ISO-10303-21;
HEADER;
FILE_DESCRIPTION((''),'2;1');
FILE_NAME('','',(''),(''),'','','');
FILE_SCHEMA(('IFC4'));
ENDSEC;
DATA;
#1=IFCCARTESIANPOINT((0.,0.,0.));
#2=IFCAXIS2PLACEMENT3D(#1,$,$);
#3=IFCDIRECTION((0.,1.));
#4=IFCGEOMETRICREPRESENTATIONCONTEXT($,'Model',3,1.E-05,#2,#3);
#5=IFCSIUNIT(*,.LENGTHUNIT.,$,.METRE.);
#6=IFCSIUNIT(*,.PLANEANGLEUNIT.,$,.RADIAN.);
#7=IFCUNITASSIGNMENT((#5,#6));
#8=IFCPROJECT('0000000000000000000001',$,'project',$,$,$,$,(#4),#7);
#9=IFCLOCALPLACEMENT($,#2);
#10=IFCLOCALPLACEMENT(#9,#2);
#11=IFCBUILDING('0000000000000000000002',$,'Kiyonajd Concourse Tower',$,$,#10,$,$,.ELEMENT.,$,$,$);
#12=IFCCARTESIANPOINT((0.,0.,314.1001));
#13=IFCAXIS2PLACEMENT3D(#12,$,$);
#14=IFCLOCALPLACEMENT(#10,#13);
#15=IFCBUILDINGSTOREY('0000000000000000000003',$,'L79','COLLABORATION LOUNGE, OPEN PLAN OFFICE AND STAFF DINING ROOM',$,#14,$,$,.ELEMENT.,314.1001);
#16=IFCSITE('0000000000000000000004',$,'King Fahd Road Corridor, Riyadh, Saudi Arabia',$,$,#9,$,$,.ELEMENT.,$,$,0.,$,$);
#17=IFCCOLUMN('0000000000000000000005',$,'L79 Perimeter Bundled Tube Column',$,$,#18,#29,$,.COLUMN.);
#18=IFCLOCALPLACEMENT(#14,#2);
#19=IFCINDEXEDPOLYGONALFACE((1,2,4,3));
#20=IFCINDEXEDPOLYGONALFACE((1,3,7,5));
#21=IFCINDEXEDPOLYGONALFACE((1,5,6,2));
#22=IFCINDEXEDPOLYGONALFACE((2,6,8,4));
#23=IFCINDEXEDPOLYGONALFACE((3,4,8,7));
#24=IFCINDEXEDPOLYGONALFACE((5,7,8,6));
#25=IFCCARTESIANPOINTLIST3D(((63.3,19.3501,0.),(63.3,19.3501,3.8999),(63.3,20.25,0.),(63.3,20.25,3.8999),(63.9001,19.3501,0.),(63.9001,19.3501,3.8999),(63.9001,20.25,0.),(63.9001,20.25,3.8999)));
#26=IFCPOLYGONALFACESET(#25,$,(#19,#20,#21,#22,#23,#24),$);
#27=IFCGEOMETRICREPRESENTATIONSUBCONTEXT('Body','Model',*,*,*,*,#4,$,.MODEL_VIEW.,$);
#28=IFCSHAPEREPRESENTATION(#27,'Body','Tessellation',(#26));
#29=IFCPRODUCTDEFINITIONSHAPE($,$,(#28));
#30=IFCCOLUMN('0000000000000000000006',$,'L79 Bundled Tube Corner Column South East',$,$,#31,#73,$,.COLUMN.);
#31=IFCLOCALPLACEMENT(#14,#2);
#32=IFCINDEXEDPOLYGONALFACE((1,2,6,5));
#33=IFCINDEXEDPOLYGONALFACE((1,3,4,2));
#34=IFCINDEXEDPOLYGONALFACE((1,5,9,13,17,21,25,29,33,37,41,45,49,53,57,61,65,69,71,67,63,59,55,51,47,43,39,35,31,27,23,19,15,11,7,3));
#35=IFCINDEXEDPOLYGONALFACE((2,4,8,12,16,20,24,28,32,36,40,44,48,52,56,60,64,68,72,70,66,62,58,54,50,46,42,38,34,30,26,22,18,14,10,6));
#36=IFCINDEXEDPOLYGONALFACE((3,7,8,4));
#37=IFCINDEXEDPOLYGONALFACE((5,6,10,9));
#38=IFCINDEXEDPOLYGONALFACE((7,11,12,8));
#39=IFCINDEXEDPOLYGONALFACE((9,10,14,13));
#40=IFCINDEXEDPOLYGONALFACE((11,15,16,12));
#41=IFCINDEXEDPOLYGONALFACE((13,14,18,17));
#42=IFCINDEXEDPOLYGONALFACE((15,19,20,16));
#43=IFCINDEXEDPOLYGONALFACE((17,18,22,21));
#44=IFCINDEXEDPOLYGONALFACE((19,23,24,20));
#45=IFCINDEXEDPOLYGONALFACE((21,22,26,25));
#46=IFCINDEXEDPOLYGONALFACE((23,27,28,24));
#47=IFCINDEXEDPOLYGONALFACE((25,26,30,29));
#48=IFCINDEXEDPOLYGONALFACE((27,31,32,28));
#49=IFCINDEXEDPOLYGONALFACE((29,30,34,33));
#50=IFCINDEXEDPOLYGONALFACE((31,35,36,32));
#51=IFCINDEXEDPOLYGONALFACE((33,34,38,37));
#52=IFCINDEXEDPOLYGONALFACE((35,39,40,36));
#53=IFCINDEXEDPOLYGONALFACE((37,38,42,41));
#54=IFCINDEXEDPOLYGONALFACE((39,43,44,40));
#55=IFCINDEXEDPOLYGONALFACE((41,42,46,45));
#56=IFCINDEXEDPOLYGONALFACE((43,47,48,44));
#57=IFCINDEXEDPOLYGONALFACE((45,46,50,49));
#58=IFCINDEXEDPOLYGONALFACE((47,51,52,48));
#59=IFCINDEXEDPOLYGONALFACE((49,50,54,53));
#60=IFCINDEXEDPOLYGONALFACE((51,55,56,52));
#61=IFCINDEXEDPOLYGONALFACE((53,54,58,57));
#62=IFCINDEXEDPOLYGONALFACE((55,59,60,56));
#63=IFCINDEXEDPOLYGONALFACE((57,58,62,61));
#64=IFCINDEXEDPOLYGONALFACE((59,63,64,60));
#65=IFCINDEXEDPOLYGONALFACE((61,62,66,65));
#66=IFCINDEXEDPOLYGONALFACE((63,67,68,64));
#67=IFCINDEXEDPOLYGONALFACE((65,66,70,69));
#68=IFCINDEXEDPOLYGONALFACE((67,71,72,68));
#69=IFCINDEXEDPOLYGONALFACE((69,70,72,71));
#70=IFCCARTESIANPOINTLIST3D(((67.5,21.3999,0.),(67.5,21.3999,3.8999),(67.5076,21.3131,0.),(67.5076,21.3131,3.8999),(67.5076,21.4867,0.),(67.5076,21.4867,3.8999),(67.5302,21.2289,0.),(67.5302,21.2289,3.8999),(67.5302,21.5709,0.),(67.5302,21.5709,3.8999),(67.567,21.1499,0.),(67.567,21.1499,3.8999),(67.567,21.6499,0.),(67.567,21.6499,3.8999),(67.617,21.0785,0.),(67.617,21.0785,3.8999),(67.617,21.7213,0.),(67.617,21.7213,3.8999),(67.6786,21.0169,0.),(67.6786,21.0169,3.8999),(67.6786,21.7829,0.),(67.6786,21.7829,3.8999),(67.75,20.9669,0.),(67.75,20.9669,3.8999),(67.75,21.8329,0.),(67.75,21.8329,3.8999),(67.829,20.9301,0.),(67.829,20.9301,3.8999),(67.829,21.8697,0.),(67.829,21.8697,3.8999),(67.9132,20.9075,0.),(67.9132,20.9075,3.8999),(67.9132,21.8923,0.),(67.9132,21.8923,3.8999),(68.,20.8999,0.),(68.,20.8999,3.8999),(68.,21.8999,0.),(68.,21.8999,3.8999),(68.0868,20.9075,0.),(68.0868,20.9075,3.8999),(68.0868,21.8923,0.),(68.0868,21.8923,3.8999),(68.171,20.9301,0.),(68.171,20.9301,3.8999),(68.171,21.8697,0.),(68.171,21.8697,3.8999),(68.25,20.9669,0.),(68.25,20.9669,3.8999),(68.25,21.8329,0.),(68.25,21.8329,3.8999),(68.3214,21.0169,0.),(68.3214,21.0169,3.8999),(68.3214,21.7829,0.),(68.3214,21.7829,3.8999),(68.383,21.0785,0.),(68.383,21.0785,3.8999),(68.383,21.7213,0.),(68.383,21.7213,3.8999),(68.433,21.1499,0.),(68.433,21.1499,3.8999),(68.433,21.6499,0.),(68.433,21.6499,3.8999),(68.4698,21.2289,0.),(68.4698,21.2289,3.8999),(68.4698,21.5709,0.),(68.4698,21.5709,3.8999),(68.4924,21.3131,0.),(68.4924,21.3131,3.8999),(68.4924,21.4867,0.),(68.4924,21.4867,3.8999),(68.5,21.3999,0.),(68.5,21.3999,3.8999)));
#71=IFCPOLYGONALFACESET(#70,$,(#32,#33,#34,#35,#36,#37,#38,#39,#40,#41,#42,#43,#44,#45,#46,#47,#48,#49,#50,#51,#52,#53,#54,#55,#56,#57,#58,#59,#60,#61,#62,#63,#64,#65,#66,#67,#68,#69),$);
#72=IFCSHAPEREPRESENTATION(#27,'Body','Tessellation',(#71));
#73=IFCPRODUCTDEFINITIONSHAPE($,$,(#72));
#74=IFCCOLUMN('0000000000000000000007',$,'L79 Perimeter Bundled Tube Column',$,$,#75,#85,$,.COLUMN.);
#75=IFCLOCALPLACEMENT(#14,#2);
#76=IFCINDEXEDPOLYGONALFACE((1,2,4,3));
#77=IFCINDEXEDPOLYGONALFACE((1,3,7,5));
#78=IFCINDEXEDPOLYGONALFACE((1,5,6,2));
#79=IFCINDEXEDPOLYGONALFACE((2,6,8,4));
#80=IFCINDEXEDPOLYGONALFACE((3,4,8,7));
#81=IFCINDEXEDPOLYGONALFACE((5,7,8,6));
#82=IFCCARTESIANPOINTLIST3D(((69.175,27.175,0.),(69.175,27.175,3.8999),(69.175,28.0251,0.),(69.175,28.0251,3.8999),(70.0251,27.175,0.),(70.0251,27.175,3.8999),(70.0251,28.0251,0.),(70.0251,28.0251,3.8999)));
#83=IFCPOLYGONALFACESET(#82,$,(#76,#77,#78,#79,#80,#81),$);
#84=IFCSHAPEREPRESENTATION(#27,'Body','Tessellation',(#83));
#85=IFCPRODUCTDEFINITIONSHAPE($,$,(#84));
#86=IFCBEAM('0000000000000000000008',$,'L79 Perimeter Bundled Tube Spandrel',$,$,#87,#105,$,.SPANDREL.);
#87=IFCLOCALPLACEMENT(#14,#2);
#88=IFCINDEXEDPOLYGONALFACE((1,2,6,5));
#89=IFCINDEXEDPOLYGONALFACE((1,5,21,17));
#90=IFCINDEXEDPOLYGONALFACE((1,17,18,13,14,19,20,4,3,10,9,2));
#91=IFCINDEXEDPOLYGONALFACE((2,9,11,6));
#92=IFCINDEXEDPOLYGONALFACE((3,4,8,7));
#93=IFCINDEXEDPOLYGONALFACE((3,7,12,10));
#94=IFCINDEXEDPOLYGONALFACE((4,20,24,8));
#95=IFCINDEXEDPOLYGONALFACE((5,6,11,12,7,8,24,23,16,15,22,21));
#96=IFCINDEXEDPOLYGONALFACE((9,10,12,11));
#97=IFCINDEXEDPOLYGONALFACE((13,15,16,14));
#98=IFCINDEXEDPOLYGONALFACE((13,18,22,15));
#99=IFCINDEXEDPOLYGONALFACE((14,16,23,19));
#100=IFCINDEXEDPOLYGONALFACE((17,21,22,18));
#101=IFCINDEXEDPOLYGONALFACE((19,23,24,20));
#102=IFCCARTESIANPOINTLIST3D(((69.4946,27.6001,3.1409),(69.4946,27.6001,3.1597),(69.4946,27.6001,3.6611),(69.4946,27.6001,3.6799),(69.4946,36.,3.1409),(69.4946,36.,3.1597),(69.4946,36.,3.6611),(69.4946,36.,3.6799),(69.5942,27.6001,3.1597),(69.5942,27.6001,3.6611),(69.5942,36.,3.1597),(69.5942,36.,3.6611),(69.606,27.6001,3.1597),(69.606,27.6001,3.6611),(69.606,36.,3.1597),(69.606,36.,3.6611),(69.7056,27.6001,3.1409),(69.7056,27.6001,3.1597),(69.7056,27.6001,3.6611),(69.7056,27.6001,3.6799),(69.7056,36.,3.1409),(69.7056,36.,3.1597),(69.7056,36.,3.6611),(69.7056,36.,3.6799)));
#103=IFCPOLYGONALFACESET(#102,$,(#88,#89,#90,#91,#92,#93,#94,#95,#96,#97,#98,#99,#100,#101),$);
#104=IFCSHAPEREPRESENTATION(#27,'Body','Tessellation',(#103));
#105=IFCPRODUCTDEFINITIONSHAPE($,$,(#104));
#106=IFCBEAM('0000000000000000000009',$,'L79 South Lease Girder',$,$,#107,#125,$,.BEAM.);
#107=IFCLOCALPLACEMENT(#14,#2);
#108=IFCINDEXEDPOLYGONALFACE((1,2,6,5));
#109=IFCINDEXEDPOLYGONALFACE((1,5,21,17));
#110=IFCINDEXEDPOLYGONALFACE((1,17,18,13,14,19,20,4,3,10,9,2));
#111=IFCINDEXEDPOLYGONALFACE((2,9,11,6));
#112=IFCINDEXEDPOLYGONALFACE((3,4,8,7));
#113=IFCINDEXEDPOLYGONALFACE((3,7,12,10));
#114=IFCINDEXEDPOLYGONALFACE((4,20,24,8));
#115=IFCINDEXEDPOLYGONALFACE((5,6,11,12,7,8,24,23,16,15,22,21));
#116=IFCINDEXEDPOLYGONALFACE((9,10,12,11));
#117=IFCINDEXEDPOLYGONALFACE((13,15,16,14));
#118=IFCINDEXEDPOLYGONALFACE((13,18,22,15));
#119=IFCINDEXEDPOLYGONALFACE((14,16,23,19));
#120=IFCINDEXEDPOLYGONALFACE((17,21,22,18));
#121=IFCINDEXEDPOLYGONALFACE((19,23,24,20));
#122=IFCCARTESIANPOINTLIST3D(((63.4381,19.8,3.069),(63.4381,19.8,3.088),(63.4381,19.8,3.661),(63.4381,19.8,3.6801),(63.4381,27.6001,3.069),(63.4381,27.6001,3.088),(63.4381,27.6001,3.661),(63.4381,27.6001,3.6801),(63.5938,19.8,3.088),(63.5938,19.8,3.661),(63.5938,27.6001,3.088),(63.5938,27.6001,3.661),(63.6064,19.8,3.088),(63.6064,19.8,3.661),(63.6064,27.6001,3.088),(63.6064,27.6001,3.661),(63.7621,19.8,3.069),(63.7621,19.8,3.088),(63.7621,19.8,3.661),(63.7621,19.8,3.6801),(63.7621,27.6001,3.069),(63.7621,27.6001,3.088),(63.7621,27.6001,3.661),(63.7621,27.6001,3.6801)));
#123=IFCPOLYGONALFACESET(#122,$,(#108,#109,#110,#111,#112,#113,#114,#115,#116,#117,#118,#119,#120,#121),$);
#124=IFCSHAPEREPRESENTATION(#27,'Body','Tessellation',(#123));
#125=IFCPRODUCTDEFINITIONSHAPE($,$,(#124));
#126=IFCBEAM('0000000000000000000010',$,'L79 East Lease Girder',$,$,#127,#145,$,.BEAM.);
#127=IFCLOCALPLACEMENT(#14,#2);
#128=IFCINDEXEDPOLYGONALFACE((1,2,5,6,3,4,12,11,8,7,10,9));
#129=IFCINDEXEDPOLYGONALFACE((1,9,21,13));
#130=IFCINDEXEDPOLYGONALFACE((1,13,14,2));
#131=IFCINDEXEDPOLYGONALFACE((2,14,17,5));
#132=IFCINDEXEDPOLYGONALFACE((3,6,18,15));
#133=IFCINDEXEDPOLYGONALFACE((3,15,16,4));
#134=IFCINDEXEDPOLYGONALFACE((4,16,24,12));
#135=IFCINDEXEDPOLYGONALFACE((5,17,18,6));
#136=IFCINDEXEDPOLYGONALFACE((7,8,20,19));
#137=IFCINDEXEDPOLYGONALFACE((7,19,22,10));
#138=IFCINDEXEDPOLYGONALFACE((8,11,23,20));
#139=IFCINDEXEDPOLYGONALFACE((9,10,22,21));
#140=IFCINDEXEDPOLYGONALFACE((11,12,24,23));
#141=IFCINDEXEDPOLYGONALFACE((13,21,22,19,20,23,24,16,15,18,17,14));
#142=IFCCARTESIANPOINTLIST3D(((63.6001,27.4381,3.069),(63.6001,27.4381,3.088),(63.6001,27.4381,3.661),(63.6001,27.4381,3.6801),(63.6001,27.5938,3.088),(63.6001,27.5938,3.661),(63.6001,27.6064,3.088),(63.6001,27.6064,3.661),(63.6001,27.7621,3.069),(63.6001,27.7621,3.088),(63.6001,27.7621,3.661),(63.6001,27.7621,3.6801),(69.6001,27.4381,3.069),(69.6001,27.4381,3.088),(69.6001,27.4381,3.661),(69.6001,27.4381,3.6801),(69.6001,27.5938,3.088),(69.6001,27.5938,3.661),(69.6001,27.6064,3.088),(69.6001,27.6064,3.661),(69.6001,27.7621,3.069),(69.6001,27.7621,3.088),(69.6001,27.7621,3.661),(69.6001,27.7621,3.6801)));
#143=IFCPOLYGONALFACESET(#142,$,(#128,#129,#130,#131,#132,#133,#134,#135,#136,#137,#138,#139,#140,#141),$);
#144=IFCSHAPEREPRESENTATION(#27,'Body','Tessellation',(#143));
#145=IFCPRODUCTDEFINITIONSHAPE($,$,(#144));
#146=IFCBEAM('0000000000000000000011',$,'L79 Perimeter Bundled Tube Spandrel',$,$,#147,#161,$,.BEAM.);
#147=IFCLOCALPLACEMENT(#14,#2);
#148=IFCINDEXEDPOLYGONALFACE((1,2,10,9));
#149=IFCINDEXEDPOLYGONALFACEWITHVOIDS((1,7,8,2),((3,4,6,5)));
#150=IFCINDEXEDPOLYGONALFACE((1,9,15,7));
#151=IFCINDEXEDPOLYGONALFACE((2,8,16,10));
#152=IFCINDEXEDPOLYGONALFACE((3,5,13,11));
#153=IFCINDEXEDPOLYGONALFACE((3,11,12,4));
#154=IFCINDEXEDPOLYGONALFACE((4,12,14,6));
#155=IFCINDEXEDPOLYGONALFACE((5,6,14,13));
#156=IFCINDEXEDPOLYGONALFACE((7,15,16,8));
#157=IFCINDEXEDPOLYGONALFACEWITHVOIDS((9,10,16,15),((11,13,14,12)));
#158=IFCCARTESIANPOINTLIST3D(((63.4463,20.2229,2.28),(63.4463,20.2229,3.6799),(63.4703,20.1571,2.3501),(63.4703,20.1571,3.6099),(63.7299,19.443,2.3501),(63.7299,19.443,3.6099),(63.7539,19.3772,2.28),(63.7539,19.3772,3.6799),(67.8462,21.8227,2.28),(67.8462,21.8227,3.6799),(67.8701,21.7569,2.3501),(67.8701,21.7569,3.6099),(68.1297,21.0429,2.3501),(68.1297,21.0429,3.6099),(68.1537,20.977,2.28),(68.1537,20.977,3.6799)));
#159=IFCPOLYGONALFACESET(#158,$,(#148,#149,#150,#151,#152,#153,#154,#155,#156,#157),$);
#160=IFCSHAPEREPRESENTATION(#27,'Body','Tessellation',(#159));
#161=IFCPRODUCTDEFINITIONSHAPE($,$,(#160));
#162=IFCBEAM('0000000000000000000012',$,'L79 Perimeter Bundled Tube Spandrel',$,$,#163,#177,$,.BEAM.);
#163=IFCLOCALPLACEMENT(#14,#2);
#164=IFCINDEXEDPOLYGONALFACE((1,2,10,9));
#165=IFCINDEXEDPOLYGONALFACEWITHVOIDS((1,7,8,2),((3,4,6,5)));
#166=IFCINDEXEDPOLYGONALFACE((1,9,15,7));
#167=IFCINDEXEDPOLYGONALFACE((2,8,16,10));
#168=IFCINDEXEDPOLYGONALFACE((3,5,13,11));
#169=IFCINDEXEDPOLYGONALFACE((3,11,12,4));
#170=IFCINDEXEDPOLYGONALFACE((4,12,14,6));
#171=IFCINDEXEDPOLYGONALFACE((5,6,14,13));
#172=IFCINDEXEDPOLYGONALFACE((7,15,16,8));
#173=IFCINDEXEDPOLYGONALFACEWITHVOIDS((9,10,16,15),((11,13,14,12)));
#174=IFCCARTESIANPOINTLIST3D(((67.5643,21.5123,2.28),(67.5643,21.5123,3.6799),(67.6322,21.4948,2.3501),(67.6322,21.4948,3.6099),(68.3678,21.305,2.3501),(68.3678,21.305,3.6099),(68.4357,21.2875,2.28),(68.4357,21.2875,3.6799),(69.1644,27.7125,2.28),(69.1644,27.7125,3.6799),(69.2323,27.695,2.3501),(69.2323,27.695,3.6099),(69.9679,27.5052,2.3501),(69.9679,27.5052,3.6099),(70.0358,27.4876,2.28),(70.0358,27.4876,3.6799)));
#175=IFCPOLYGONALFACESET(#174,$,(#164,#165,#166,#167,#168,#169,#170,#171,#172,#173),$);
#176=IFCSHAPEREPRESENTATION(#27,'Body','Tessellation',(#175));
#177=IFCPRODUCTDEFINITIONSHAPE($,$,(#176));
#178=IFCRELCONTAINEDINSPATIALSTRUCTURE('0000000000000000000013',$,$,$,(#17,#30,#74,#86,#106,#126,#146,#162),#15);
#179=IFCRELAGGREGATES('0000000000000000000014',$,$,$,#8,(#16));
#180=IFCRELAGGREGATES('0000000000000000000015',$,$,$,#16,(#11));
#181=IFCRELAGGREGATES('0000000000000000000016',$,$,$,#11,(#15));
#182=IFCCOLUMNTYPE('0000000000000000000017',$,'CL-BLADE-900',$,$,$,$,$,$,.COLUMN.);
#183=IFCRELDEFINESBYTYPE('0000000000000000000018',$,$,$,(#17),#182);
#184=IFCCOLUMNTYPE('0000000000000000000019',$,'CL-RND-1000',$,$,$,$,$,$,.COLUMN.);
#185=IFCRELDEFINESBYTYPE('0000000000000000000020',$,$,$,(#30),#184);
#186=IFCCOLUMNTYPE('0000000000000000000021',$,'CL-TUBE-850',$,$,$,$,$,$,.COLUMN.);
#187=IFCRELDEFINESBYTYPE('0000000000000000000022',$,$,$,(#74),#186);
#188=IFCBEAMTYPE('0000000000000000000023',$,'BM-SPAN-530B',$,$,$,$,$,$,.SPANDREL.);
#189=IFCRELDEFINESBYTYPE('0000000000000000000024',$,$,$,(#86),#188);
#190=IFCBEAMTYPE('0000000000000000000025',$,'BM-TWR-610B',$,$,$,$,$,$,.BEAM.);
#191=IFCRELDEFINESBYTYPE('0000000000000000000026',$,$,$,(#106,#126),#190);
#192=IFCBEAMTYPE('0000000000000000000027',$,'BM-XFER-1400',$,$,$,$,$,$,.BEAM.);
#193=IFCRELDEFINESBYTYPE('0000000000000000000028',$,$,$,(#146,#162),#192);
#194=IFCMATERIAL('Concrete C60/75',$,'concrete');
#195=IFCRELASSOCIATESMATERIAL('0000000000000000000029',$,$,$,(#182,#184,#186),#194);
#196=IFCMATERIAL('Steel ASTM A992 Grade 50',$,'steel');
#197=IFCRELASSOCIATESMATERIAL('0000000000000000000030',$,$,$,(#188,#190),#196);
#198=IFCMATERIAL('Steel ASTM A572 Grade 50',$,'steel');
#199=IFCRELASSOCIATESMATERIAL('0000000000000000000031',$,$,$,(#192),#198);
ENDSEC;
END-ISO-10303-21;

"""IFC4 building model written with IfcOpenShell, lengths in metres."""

from ifc_helpers import new_model, si_unit, direction, frame, origin, origin_2d, place, context, subcontext, project, spatial, rectangle, hollow_rectangle, circle, i_section, extrude, material, material_profile, profile_set, type_object, element, save


model = new_model("IFC4")

# Units and contexts
model_context = context("Model", 3, precision=1e-05, world=origin(), true_north=direction((0.0, 1.0)))
body_context = subcontext(model_context, "Body", "Model", "MODEL_VIEW")
ifc_project = project(units=[si_unit("LENGTHUNIT", "METRE"), si_unit("PLANEANGLEUNIT", "RADIAN")], contexts=[model_context])

# Site, building, storey
site_placement = place(None, origin())
site = spatial("IfcSite", under=ifc_project, at=site_placement, Name="King Fahd Road Corridor, Riyadh, Saudi Arabia", CompositionType="ELEMENT", RefElevation=0.0)
building_placement = place(site_placement, origin())
building = spatial("IfcBuilding", under=site, at=building_placement, Name="Kiyonajd Concourse Tower", CompositionType="ELEMENT")
storey_placement = place(building_placement, frame((0.0, 0.0, 314.1001)))
storey = spatial("IfcBuildingStorey", under=building, at=storey_placement, Name="L79", Description="COLLABORATION LOUNGE, OPEN PLAN OFFICE AND STAFF DINING ROOM", CompositionType="ELEMENT", Elevation=314.1001)

# Columns
ifc_material_1 = material(Name="Concrete C60/75", Category="concrete")
ifc_material_profile_1 = material_profile(ifc_material_1, rectangle(XDim=0.6001, YDim=0.8999, at=origin_2d()), Name="RC-900x600")
ifc_profile_set_1 = profile_set([ifc_material_profile_1], Name="Concrete C60/75")
column_type_1 = type_object("IfcColumnType", Name="CL-BLADE-900", PredefinedType="COLUMN", material=ifc_profile_set_1)
column_1_placement = place(storey_placement, frame((63.6001, 19.8, 0.0), z_axis=(0.0, 0.0, 1.0), x_axis=(1.0, 0.0, 0.0)))
element("IfcColumn", 1, at=column_1_placement, inside=storey, type_object=column_type_1, Name="L79 Perimeter Bundled Tube Column", PredefinedType="COLUMN", context=body_context, shape_type="SweptSolid", body=[
    extrude(rectangle(XDim=0.6001, YDim=0.8999, at=origin_2d()), origin(), (0.0, 0.0, 1.0), 3.8999),
])
ifc_material_profile_2 = material_profile(ifc_material_1, circle(Radius=0.5, at=origin_2d()), Name="RCC-D1000")
ifc_profile_set_2 = profile_set([ifc_material_profile_2], Name="Concrete C60/75")
column_type_2 = type_object("IfcColumnType", Name="CL-RND-1000", PredefinedType="COLUMN", material=ifc_profile_set_2)
column_2_placement = place(storey_placement, frame((68.0, 21.3999, 0.0), z_axis=(0.0, 0.0, 1.0), x_axis=(1.0, 0.0, 0.0)))
element("IfcColumn", 2, at=column_2_placement, inside=storey, type_object=column_type_2, Name="L79 Bundled Tube Corner Column South East", PredefinedType="COLUMN", context=body_context, shape_type="SweptSolid", body=[
    extrude(circle(Radius=0.5, at=origin_2d()), origin(), (0.0, 0.0, 1.0), 3.8999),
])
ifc_material_profile_3 = material_profile(ifc_material_1, rectangle(XDim=0.8501, YDim=0.8501, at=origin_2d()), Name="RC-850x850")
ifc_profile_set_3 = profile_set([ifc_material_profile_3], Name="Concrete C60/75")
column_type_3 = type_object("IfcColumnType", Name="CL-TUBE-850", PredefinedType="COLUMN", material=ifc_profile_set_3)
column_3_placement = place(storey_placement, frame((69.6001, 27.6001, 0.0), z_axis=(0.0, 0.0, 1.0), x_axis=(1.0, 0.0, 0.0)))
element("IfcColumn", 3, at=column_3_placement, inside=storey, type_object=column_type_3, Name="L79 Perimeter Bundled Tube Column", PredefinedType="COLUMN", context=body_context, shape_type="SweptSolid", body=[
    extrude(rectangle(XDim=0.8501, YDim=0.8501, at=origin_2d()), origin(), (0.0, 0.0, 1.0), 3.8999),
])

# Beams
ifc_material_2 = material(Name="Steel ASTM A992 Grade 50", Category="steel")
ifc_material_profile_4 = material_profile(ifc_material_2, i_section(OverallWidth=0.2109, OverallDepth=0.5391, WebThickness=0.0117, FlangeThickness=0.0188, at=origin_2d()), Name="W530X109")
ifc_profile_set_4 = profile_set([ifc_material_profile_4], Name="Steel ASTM A992 Grade 50")
beam_type_1 = type_object("IfcBeamType", Name="BM-SPAN-530B", PredefinedType="SPANDREL", material=ifc_profile_set_4)
beam_1_placement = place(storey_placement, frame((69.6001, 27.6001, 3.4104), z_axis=(0.0, 1.0, 0.0), x_axis=(-1.0, 0.0, 0.0)))
element("IfcBeam", 4, at=beam_1_placement, inside=storey, type_object=beam_type_1, Name="L79 Perimeter Bundled Tube Spandrel", PredefinedType="SPANDREL", context=body_context, shape_type="SweptSolid", body=[
    extrude(i_section(OverallWidth=0.2109, OverallDepth=0.5391, WebThickness=0.0117, FlangeThickness=0.0188, at=origin_2d()), origin(), (0.0, 0.0, 1.0), 8.3999),
])
ifc_material_profile_5 = material_profile(ifc_material_2, i_section(OverallWidth=0.324, OverallDepth=0.6111, WebThickness=0.0127, FlangeThickness=0.019, at=origin_2d()), Name="W610X155")
ifc_profile_set_5 = profile_set([ifc_material_profile_5], Name="Steel ASTM A992 Grade 50")
beam_type_2 = type_object("IfcBeamType", Name="BM-TWR-610B", PredefinedType="BEAM", material=ifc_profile_set_5)
beam_2_placement = place(storey_placement, frame((63.6001, 19.8, 3.3745), z_axis=(0.0, 1.0, 0.0), x_axis=(-1.0, 0.0, 0.0)))
element("IfcBeam", 5, at=beam_2_placement, inside=storey, type_object=beam_type_2, Name="L79 South Lease Girder", PredefinedType="BEAM", context=body_context, shape_type="SweptSolid", body=[
    extrude(i_section(OverallWidth=0.324, OverallDepth=0.6111, WebThickness=0.0127, FlangeThickness=0.019, at=origin_2d()), origin(), (0.0, 0.0, 1.0), 7.8),
])
beam_3_placement = place(storey_placement, frame((63.6001, 27.6001, 3.3745), z_axis=(1.0, 0.0, 0.0), x_axis=(0.0, 1.0, 0.0)))
element("IfcBeam", 6, at=beam_3_placement, inside=storey, type_object=beam_type_2, Name="L79 East Lease Girder", PredefinedType="BEAM", context=body_context, shape_type="SweptSolid", body=[
    extrude(i_section(OverallWidth=0.324, OverallDepth=0.6111, WebThickness=0.0127, FlangeThickness=0.019, at=origin_2d()), origin(), (0.0, 0.0, 1.0), 6.0),
])
ifc_material_3 = material(Name="Steel ASTM A572 Grade 50", Category="steel")
ifc_material_profile_6 = material_profile(ifc_material_3, hollow_rectangle(XDim=0.8999, YDim=1.3999, WallThickness=0.0701, at=origin_2d()), Name="BOX-1400x900x70")
ifc_profile_set_6 = profile_set([ifc_material_profile_6], Name="Steel ASTM A572 Grade 50")
beam_type_3 = type_object("IfcBeamType", Name="BM-XFER-1400", PredefinedType="BEAM", material=ifc_profile_set_6)
beam_4_placement = place(storey_placement, frame((63.6001, 19.8, 2.98), z_axis=(0.939801, 0.341722, 0.0), x_axis=(-0.341722, 0.939801, 0.0)))
element("IfcBeam", 7, at=beam_4_placement, inside=storey, type_object=beam_type_3, Name="L79 Perimeter Bundled Tube Spandrel", PredefinedType="BEAM", context=body_context, shape_type="SweptSolid", body=[
    extrude(hollow_rectangle(XDim=0.8999, YDim=1.3999, WallThickness=0.0701, at=origin_2d()), origin(), (0.0, 0.0, 1.0), 4.6816),
])
beam_5_placement = place(storey_placement, frame((68.0, 21.3999, 2.98), z_axis=(0.249885, 0.968276, 0.0), x_axis=(-0.968276, 0.249885, 0.0)))
element("IfcBeam", 8, at=beam_5_placement, inside=storey, type_object=beam_type_3, Name="L79 Perimeter Bundled Tube Spandrel", PredefinedType="BEAM", context=body_context, shape_type="SweptSolid", body=[
    extrude(hollow_rectangle(XDim=0.8999, YDim=1.3999, WallThickness=0.0701, at=origin_2d()), origin(), (0.0, 0.0, 1.0), 6.4033),
])

save(model, "model.ifc")
